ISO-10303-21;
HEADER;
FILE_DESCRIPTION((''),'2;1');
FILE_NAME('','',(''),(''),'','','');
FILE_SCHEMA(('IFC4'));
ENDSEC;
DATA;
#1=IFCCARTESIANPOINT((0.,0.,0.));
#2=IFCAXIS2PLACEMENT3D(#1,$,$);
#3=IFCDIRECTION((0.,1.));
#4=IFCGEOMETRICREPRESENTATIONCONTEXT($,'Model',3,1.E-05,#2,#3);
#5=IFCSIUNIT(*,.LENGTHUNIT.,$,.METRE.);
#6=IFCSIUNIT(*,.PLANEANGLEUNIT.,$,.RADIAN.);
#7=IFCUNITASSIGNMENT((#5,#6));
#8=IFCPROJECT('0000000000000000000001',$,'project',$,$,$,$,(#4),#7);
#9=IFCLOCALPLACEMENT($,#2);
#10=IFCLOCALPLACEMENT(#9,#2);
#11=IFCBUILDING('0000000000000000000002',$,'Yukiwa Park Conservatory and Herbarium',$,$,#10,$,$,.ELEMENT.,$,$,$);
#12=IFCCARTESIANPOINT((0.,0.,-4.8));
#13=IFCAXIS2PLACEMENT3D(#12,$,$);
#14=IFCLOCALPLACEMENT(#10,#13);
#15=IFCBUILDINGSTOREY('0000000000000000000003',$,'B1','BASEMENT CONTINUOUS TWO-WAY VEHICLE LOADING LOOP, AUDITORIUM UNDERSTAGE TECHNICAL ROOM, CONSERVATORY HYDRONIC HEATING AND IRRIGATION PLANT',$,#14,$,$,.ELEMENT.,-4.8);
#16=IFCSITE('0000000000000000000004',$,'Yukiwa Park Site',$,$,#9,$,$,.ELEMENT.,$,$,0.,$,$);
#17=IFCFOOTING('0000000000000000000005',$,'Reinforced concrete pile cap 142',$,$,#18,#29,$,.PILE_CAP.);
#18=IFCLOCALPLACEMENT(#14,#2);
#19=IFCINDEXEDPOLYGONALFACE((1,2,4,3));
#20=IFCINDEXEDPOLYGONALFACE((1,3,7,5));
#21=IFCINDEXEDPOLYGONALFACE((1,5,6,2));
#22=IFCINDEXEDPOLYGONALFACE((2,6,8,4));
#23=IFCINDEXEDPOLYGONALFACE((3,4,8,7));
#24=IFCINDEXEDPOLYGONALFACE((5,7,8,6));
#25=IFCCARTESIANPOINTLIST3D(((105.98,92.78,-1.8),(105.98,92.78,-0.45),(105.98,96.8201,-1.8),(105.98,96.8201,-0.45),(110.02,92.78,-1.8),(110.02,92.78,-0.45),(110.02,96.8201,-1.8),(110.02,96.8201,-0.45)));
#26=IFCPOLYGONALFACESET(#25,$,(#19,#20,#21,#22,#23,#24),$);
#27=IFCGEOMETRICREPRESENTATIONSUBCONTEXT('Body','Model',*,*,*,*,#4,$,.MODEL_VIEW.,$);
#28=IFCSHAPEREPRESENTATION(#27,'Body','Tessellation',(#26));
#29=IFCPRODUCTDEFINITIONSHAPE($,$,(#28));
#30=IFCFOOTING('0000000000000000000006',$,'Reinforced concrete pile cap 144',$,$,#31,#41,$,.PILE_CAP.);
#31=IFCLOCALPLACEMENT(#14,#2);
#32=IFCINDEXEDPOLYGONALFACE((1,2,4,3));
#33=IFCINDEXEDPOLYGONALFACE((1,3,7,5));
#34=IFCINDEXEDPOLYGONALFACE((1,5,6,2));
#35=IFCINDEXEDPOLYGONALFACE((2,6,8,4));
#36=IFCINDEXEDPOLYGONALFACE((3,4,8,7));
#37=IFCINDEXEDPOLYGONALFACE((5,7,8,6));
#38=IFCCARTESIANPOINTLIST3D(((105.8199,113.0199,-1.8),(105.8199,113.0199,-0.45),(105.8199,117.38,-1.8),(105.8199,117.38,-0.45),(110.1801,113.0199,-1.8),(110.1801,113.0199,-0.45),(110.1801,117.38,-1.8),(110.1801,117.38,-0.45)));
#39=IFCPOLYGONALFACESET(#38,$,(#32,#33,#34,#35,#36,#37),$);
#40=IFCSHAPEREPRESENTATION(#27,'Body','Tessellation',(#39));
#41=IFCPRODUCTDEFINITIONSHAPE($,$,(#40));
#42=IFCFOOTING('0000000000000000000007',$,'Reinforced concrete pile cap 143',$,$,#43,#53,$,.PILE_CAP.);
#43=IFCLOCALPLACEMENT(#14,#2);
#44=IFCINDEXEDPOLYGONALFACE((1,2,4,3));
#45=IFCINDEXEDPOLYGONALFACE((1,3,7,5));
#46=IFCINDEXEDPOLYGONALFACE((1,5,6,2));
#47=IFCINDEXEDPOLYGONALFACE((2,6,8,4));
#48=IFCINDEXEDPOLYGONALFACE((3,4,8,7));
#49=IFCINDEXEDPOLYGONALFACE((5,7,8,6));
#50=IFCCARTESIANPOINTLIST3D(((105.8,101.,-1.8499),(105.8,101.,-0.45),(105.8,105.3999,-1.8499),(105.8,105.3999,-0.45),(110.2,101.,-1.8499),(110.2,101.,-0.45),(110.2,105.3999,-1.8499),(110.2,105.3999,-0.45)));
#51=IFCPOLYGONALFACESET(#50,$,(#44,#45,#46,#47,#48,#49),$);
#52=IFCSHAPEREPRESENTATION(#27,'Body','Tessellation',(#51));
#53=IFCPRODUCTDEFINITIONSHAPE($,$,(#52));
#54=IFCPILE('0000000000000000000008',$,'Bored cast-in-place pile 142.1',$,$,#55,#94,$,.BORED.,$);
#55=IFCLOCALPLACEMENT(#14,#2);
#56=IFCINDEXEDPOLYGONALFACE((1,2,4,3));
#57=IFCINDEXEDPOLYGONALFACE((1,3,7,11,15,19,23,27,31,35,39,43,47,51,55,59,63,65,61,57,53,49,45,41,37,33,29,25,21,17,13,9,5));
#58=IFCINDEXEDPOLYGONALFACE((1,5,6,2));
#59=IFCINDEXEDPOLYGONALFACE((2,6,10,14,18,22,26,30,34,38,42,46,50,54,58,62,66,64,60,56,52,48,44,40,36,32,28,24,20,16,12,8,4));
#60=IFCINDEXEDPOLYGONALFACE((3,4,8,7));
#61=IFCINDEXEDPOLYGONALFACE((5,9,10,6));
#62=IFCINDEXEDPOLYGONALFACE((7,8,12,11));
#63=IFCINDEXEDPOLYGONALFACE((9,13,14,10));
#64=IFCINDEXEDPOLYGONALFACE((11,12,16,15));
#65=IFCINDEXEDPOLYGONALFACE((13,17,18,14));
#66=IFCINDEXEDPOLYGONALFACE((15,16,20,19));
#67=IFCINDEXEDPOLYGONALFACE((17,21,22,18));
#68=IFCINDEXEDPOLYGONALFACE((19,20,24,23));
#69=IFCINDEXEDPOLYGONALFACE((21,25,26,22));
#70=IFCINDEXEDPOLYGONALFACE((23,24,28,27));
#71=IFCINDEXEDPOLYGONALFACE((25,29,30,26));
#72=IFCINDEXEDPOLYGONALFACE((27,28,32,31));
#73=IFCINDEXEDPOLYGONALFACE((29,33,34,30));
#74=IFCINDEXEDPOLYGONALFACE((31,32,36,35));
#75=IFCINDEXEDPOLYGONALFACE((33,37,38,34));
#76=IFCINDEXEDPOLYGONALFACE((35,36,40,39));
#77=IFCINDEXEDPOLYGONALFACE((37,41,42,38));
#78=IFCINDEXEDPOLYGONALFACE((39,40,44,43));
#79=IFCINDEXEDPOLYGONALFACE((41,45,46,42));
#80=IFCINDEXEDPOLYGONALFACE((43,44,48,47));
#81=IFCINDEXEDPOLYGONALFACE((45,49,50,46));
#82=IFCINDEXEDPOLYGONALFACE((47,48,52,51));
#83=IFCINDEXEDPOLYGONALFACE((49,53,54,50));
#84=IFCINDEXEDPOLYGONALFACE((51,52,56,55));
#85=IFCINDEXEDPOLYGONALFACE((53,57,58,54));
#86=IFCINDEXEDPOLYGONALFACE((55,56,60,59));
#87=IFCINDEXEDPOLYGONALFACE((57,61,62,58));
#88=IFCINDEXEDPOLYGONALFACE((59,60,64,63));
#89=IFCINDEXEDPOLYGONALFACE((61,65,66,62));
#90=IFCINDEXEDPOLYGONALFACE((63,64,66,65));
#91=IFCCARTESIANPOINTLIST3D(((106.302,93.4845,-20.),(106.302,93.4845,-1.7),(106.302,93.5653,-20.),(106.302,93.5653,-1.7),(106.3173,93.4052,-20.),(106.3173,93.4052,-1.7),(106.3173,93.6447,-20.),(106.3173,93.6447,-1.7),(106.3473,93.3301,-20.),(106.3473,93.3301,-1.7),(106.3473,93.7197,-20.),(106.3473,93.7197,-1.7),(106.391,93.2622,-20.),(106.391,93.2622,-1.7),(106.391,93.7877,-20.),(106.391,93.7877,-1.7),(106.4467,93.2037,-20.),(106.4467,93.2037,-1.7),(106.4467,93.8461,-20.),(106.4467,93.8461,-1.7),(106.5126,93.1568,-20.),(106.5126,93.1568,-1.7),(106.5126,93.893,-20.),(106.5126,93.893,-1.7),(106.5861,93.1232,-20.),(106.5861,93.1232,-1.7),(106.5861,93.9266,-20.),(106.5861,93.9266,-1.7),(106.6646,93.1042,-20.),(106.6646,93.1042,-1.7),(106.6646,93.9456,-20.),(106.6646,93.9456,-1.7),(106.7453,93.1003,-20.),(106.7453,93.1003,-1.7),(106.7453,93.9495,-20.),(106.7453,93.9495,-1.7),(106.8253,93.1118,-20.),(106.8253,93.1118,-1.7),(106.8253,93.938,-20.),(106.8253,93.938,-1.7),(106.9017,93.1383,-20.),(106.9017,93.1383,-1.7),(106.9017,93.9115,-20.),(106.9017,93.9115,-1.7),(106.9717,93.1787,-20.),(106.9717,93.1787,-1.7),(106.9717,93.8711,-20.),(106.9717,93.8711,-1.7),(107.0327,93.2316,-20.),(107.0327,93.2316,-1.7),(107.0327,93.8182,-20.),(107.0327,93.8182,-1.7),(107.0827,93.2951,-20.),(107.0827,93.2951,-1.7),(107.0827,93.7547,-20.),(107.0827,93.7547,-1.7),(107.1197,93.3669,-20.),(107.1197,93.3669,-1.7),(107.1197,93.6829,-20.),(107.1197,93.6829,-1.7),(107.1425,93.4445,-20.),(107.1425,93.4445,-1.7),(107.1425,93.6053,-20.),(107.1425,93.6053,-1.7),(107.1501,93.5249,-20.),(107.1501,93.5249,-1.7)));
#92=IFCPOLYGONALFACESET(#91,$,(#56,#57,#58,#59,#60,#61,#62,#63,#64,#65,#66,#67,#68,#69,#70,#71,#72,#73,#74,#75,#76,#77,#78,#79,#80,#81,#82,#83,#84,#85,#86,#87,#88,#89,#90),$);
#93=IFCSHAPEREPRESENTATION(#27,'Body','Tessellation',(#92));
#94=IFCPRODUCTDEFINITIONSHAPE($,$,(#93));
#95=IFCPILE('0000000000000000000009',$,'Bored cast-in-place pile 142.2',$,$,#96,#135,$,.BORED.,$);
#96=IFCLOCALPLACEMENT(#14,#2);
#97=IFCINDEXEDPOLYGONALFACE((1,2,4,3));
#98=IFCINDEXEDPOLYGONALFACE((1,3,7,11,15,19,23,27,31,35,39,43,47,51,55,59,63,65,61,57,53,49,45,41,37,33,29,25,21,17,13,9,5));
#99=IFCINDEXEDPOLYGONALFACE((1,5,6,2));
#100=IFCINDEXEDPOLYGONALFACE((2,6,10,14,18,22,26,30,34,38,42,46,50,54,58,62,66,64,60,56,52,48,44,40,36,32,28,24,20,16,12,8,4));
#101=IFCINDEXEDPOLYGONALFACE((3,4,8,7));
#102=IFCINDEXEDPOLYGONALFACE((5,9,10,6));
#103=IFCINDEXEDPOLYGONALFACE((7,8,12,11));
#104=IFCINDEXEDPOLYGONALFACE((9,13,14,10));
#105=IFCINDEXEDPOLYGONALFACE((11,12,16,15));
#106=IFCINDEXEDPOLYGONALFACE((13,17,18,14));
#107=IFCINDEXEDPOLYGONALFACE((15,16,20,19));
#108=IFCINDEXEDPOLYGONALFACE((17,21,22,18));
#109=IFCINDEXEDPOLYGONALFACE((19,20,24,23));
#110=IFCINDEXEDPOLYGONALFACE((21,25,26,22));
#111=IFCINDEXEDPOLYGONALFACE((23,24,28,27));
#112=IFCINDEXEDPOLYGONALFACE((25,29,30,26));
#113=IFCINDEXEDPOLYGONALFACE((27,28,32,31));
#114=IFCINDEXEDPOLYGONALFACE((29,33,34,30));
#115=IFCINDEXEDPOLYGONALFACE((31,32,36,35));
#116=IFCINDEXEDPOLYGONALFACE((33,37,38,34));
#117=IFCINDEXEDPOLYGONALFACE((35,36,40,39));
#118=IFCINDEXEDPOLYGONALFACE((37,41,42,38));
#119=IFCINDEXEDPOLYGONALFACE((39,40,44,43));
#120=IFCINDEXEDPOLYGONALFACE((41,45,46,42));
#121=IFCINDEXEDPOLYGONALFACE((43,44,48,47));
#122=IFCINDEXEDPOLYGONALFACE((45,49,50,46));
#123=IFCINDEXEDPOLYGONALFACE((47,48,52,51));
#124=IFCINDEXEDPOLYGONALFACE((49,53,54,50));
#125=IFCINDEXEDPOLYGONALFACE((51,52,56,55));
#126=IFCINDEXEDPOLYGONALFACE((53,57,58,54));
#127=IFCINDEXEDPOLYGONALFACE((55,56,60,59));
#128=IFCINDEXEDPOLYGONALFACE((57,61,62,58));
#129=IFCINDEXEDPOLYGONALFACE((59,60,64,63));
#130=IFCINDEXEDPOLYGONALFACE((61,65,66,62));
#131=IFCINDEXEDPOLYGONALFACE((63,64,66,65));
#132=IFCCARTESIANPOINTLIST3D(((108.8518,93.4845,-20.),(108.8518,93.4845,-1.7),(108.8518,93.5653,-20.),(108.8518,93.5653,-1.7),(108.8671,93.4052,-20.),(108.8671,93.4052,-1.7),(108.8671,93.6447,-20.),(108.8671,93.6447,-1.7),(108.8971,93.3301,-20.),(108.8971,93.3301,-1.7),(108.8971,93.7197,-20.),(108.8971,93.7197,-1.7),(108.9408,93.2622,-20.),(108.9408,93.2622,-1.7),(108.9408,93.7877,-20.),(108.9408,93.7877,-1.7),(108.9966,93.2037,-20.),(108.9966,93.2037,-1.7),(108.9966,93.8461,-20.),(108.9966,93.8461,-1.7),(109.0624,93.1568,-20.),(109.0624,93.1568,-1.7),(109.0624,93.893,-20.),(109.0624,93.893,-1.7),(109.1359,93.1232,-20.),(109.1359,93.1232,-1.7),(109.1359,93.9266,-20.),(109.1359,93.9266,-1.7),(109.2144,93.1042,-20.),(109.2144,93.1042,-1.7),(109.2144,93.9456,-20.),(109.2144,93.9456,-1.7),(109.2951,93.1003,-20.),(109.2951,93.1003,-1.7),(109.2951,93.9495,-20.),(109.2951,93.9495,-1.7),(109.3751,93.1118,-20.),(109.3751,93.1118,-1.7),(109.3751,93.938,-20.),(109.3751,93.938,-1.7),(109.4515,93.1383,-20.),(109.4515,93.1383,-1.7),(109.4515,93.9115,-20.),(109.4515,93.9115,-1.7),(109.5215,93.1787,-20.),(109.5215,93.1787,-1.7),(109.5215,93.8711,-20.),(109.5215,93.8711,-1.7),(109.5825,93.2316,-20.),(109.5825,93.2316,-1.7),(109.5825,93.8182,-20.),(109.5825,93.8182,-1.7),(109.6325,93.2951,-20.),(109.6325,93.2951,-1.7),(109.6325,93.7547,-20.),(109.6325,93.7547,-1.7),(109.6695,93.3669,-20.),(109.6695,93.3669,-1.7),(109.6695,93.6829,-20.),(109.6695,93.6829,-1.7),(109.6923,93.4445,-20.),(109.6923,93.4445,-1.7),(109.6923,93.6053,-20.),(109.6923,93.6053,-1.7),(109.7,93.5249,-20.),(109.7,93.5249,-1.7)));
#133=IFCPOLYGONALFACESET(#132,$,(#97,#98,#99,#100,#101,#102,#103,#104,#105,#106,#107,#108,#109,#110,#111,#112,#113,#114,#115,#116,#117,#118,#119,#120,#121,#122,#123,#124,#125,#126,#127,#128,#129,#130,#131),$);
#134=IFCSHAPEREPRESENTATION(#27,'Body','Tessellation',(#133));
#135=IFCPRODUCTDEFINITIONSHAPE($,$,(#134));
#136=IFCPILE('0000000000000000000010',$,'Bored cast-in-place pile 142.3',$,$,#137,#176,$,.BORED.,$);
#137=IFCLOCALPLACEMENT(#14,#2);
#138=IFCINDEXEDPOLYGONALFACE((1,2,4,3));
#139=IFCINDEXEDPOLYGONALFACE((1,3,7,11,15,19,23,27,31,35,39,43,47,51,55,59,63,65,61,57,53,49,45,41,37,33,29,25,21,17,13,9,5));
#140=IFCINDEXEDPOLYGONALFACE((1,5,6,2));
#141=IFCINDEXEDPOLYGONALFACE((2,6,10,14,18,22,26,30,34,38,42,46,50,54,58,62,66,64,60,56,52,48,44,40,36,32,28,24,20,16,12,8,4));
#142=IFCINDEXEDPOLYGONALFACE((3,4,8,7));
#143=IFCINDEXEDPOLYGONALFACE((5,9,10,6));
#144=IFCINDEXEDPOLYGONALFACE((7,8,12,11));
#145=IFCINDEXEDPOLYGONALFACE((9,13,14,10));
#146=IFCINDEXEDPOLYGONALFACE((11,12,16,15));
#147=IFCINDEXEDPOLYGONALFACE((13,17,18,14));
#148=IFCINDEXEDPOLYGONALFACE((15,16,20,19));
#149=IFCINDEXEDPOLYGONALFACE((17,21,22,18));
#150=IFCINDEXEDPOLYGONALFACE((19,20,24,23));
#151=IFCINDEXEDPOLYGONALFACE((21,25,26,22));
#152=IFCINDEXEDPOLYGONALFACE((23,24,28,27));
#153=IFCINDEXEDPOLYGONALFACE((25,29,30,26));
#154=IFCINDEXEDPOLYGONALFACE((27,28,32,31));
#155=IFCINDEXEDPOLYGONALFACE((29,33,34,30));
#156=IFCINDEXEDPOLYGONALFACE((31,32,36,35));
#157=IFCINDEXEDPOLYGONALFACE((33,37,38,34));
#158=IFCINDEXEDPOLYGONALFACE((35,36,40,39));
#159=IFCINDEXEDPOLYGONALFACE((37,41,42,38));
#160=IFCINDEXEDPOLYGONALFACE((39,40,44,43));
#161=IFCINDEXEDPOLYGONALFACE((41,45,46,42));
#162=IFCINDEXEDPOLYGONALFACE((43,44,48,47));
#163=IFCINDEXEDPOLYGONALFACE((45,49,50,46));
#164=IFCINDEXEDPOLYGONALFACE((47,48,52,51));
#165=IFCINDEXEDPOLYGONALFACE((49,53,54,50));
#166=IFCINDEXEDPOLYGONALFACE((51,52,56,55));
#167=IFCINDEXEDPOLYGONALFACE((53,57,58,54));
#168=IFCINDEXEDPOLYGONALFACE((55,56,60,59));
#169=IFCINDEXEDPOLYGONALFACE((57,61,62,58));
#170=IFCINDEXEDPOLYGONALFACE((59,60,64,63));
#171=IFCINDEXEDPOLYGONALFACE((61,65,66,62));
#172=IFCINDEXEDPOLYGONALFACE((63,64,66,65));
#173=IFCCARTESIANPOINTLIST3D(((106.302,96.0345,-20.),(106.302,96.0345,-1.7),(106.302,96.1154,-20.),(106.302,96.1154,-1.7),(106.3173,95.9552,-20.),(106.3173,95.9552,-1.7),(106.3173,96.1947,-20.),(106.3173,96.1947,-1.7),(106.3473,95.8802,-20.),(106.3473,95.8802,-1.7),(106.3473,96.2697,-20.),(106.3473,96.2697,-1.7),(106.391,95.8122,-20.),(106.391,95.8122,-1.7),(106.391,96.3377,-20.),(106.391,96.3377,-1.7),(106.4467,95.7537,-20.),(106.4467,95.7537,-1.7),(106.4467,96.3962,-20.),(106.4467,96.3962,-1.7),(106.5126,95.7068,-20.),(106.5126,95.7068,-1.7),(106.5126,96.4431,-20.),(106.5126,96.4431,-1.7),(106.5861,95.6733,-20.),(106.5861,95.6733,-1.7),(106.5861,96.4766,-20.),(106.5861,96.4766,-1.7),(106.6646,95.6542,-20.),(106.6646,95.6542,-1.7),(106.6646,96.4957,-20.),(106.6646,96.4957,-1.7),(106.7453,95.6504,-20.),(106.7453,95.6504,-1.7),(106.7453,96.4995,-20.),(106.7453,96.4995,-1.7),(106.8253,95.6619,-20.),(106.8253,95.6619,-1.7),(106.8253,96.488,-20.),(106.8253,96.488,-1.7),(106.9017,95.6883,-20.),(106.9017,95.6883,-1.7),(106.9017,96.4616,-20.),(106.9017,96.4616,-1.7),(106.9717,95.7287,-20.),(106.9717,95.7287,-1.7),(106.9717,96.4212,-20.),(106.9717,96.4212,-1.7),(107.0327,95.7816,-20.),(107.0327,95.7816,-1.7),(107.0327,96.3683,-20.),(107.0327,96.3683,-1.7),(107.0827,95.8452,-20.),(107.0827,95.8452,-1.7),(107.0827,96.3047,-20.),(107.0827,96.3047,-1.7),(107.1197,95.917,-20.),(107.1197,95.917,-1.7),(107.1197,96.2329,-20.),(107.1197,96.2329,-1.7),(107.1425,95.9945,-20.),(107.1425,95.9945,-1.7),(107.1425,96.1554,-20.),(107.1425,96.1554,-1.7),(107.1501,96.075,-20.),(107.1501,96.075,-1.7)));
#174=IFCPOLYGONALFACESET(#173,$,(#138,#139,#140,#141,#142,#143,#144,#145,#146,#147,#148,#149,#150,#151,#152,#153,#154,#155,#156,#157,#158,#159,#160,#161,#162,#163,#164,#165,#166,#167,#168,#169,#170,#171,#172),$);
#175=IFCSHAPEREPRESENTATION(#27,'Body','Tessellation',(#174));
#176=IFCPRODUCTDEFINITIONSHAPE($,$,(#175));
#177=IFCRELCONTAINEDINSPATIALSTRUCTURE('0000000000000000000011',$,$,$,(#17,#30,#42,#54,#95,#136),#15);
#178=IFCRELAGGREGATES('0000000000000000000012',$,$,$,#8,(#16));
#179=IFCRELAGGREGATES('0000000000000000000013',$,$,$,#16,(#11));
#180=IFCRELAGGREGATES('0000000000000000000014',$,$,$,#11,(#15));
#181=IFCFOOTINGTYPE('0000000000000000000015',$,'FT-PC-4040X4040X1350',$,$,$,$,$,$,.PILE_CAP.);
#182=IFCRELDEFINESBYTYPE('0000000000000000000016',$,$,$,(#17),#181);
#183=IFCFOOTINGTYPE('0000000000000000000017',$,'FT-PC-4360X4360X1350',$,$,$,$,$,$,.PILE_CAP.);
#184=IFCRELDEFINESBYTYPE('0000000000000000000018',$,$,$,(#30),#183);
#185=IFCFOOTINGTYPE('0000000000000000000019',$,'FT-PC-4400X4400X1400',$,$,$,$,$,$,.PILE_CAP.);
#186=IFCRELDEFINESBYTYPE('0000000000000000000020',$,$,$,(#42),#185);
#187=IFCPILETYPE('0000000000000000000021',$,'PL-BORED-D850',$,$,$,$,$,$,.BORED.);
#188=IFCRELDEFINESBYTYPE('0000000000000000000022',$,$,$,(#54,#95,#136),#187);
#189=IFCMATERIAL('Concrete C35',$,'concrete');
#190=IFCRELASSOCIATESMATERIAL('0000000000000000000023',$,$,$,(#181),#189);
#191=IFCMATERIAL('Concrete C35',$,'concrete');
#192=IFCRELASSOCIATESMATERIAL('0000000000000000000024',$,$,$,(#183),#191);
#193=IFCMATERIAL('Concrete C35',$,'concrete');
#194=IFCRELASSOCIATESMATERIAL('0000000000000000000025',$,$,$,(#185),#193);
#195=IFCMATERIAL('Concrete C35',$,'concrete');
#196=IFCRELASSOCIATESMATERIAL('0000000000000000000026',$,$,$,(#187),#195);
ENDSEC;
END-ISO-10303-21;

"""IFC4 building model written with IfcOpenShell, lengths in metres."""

from ifc_helpers import new_model, si_unit, direction, frame, origin, origin_2d, place, context, subcontext, project, spatial, rectangle, circle, extrude, material, material_profile, profile_set, type_object, element, save


model = new_model("IFC4")

# Units and contexts
model_context = context("Model", 3, precision=1e-05, world=origin(), true_north=direction((0.0, 1.0)))
body_context = subcontext(model_context, "Body", "Model", "MODEL_VIEW")
ifc_project = project(units=[si_unit("LENGTHUNIT", "METRE"), si_unit("PLANEANGLEUNIT", "RADIAN")], contexts=[model_context])

# Site, building, storey
site_placement = place(None, origin())
site = spatial("IfcSite", under=ifc_project, at=site_placement, Name="Yukiwa Park Site", CompositionType="ELEMENT", RefElevation=0.0)
building_placement = place(site_placement, origin())
building = spatial("IfcBuilding", under=site, at=building_placement, Name="Yukiwa Park Conservatory and Herbarium", CompositionType="ELEMENT")
storey_placement = place(building_placement, frame((0.0, 0.0, -4.8)))
storey = spatial("IfcBuildingStorey", under=building, at=storey_placement, Name="B1", Description="BASEMENT CONTINUOUS TWO-WAY VEHICLE LOADING LOOP, AUDITORIUM UNDERSTAGE TECHNICAL ROOM, CONSERVATORY HYDRONIC HEATING AND IRRIGATION PLANT", CompositionType="ELEMENT", Elevation=-4.8)

# Footings
ifc_material_1 = material(Name="Concrete C35", Category="concrete")
footing_type_1 = type_object("IfcFootingType", Name="FT-PC-4040X4040X1350", PredefinedType="PILE_CAP", material=ifc_material_1)
footing_1_placement = place(storey_placement, frame((108.0, 94.8, -1.8), z_axis=(0.0, 0.0, 1.0), x_axis=(1.0, 0.0, 0.0)))
element("IfcFooting", 1, at=footing_1_placement, inside=storey, type_object=footing_type_1, Name="Reinforced concrete pile cap 142", PredefinedType="PILE_CAP", context=body_context, shape_type="SweptSolid", body=[
    extrude(rectangle(XDim=4.04, YDim=4.04, at=origin_2d()), origin(), (0.0, 0.0, 1.0), 1.3501),
])
ifc_material_2 = material(Name="Concrete C35", Category="concrete")
footing_type_2 = type_object("IfcFootingType", Name="FT-PC-4360X4360X1350", PredefinedType="PILE_CAP", material=ifc_material_2)
footing_2_placement = place(storey_placement, frame((108.0, 115.2, -1.8), z_axis=(0.0, 0.0, 1.0), x_axis=(1.0, 0.0, 0.0)))
element("IfcFooting", 2, at=footing_2_placement, inside=storey, type_object=footing_type_2, Name="Reinforced concrete pile cap 144", PredefinedType="PILE_CAP", context=body_context, shape_type="SweptSolid", body=[
    extrude(rectangle(XDim=4.3601, YDim=4.3601, at=origin_2d()), origin(), (0.0, 0.0, 1.0), 1.3501),
])
ifc_material_3 = material(Name="Concrete C35", Category="concrete")
footing_type_3 = type_object("IfcFootingType", Name="FT-PC-4400X4400X1400", PredefinedType="PILE_CAP", material=ifc_material_3)
footing_3_placement = place(storey_placement, frame((108.0, 103.2, -1.8499), z_axis=(0.0, 0.0, 1.0), x_axis=(1.0, 0.0, 0.0)))
element("IfcFooting", 3, at=footing_3_placement, inside=storey, type_object=footing_type_3, Name="Reinforced concrete pile cap 143", PredefinedType="PILE_CAP", context=body_context, shape_type="SweptSolid", body=[
    extrude(rectangle(XDim=4.3999, YDim=4.3999, at=origin_2d()), origin(), (0.0, 0.0, 1.0), 1.3999),
])

# Piles
ifc_material_4 = material(Name="Concrete C35", Category="concrete")
ifc_material_profile_1 = material_profile(ifc_material_4, circle(Radius=0.425, at=origin_2d()), Name="PILE D850")
ifc_profile_set_1 = profile_set([ifc_material_profile_1], Name="Concrete C35")
pile_type_1 = type_object("IfcPileType", Name="PL-BORED-D850", PredefinedType="BORED", material=ifc_profile_set_1)
for number, where, z_axis, x_axis, name in (
    (4, (106.7251, 93.5249, -1.7), (0.0, 0.0, -1.0), (1.0, 0.0, 0.0), "Bored cast-in-place pile 142.1"),
    (5, (109.2749, 93.5249, -1.7), (0.0, 0.0, -1.0), (1.0, 0.0, 0.0), "Bored cast-in-place pile 142.2"),
    (6, (106.7251, 96.075, -1.7), (0.0, 0.0, -1.0), (1.0, 0.0, 0.0), "Bored cast-in-place pile 142.3"),
):
    element("IfcPile", number, at=place(storey_placement, frame(where, z_axis=z_axis, x_axis=x_axis)), inside=storey, type_object=pile_type_1, Name=name, PredefinedType="BORED", context=body_context, shape_type="SweptSolid", body=[
        extrude(circle(Radius=0.425, at=origin_2d()), origin(), (0.0, 0.0, 1.0), 18.3),
    ])

save(model, "model.ifc")
